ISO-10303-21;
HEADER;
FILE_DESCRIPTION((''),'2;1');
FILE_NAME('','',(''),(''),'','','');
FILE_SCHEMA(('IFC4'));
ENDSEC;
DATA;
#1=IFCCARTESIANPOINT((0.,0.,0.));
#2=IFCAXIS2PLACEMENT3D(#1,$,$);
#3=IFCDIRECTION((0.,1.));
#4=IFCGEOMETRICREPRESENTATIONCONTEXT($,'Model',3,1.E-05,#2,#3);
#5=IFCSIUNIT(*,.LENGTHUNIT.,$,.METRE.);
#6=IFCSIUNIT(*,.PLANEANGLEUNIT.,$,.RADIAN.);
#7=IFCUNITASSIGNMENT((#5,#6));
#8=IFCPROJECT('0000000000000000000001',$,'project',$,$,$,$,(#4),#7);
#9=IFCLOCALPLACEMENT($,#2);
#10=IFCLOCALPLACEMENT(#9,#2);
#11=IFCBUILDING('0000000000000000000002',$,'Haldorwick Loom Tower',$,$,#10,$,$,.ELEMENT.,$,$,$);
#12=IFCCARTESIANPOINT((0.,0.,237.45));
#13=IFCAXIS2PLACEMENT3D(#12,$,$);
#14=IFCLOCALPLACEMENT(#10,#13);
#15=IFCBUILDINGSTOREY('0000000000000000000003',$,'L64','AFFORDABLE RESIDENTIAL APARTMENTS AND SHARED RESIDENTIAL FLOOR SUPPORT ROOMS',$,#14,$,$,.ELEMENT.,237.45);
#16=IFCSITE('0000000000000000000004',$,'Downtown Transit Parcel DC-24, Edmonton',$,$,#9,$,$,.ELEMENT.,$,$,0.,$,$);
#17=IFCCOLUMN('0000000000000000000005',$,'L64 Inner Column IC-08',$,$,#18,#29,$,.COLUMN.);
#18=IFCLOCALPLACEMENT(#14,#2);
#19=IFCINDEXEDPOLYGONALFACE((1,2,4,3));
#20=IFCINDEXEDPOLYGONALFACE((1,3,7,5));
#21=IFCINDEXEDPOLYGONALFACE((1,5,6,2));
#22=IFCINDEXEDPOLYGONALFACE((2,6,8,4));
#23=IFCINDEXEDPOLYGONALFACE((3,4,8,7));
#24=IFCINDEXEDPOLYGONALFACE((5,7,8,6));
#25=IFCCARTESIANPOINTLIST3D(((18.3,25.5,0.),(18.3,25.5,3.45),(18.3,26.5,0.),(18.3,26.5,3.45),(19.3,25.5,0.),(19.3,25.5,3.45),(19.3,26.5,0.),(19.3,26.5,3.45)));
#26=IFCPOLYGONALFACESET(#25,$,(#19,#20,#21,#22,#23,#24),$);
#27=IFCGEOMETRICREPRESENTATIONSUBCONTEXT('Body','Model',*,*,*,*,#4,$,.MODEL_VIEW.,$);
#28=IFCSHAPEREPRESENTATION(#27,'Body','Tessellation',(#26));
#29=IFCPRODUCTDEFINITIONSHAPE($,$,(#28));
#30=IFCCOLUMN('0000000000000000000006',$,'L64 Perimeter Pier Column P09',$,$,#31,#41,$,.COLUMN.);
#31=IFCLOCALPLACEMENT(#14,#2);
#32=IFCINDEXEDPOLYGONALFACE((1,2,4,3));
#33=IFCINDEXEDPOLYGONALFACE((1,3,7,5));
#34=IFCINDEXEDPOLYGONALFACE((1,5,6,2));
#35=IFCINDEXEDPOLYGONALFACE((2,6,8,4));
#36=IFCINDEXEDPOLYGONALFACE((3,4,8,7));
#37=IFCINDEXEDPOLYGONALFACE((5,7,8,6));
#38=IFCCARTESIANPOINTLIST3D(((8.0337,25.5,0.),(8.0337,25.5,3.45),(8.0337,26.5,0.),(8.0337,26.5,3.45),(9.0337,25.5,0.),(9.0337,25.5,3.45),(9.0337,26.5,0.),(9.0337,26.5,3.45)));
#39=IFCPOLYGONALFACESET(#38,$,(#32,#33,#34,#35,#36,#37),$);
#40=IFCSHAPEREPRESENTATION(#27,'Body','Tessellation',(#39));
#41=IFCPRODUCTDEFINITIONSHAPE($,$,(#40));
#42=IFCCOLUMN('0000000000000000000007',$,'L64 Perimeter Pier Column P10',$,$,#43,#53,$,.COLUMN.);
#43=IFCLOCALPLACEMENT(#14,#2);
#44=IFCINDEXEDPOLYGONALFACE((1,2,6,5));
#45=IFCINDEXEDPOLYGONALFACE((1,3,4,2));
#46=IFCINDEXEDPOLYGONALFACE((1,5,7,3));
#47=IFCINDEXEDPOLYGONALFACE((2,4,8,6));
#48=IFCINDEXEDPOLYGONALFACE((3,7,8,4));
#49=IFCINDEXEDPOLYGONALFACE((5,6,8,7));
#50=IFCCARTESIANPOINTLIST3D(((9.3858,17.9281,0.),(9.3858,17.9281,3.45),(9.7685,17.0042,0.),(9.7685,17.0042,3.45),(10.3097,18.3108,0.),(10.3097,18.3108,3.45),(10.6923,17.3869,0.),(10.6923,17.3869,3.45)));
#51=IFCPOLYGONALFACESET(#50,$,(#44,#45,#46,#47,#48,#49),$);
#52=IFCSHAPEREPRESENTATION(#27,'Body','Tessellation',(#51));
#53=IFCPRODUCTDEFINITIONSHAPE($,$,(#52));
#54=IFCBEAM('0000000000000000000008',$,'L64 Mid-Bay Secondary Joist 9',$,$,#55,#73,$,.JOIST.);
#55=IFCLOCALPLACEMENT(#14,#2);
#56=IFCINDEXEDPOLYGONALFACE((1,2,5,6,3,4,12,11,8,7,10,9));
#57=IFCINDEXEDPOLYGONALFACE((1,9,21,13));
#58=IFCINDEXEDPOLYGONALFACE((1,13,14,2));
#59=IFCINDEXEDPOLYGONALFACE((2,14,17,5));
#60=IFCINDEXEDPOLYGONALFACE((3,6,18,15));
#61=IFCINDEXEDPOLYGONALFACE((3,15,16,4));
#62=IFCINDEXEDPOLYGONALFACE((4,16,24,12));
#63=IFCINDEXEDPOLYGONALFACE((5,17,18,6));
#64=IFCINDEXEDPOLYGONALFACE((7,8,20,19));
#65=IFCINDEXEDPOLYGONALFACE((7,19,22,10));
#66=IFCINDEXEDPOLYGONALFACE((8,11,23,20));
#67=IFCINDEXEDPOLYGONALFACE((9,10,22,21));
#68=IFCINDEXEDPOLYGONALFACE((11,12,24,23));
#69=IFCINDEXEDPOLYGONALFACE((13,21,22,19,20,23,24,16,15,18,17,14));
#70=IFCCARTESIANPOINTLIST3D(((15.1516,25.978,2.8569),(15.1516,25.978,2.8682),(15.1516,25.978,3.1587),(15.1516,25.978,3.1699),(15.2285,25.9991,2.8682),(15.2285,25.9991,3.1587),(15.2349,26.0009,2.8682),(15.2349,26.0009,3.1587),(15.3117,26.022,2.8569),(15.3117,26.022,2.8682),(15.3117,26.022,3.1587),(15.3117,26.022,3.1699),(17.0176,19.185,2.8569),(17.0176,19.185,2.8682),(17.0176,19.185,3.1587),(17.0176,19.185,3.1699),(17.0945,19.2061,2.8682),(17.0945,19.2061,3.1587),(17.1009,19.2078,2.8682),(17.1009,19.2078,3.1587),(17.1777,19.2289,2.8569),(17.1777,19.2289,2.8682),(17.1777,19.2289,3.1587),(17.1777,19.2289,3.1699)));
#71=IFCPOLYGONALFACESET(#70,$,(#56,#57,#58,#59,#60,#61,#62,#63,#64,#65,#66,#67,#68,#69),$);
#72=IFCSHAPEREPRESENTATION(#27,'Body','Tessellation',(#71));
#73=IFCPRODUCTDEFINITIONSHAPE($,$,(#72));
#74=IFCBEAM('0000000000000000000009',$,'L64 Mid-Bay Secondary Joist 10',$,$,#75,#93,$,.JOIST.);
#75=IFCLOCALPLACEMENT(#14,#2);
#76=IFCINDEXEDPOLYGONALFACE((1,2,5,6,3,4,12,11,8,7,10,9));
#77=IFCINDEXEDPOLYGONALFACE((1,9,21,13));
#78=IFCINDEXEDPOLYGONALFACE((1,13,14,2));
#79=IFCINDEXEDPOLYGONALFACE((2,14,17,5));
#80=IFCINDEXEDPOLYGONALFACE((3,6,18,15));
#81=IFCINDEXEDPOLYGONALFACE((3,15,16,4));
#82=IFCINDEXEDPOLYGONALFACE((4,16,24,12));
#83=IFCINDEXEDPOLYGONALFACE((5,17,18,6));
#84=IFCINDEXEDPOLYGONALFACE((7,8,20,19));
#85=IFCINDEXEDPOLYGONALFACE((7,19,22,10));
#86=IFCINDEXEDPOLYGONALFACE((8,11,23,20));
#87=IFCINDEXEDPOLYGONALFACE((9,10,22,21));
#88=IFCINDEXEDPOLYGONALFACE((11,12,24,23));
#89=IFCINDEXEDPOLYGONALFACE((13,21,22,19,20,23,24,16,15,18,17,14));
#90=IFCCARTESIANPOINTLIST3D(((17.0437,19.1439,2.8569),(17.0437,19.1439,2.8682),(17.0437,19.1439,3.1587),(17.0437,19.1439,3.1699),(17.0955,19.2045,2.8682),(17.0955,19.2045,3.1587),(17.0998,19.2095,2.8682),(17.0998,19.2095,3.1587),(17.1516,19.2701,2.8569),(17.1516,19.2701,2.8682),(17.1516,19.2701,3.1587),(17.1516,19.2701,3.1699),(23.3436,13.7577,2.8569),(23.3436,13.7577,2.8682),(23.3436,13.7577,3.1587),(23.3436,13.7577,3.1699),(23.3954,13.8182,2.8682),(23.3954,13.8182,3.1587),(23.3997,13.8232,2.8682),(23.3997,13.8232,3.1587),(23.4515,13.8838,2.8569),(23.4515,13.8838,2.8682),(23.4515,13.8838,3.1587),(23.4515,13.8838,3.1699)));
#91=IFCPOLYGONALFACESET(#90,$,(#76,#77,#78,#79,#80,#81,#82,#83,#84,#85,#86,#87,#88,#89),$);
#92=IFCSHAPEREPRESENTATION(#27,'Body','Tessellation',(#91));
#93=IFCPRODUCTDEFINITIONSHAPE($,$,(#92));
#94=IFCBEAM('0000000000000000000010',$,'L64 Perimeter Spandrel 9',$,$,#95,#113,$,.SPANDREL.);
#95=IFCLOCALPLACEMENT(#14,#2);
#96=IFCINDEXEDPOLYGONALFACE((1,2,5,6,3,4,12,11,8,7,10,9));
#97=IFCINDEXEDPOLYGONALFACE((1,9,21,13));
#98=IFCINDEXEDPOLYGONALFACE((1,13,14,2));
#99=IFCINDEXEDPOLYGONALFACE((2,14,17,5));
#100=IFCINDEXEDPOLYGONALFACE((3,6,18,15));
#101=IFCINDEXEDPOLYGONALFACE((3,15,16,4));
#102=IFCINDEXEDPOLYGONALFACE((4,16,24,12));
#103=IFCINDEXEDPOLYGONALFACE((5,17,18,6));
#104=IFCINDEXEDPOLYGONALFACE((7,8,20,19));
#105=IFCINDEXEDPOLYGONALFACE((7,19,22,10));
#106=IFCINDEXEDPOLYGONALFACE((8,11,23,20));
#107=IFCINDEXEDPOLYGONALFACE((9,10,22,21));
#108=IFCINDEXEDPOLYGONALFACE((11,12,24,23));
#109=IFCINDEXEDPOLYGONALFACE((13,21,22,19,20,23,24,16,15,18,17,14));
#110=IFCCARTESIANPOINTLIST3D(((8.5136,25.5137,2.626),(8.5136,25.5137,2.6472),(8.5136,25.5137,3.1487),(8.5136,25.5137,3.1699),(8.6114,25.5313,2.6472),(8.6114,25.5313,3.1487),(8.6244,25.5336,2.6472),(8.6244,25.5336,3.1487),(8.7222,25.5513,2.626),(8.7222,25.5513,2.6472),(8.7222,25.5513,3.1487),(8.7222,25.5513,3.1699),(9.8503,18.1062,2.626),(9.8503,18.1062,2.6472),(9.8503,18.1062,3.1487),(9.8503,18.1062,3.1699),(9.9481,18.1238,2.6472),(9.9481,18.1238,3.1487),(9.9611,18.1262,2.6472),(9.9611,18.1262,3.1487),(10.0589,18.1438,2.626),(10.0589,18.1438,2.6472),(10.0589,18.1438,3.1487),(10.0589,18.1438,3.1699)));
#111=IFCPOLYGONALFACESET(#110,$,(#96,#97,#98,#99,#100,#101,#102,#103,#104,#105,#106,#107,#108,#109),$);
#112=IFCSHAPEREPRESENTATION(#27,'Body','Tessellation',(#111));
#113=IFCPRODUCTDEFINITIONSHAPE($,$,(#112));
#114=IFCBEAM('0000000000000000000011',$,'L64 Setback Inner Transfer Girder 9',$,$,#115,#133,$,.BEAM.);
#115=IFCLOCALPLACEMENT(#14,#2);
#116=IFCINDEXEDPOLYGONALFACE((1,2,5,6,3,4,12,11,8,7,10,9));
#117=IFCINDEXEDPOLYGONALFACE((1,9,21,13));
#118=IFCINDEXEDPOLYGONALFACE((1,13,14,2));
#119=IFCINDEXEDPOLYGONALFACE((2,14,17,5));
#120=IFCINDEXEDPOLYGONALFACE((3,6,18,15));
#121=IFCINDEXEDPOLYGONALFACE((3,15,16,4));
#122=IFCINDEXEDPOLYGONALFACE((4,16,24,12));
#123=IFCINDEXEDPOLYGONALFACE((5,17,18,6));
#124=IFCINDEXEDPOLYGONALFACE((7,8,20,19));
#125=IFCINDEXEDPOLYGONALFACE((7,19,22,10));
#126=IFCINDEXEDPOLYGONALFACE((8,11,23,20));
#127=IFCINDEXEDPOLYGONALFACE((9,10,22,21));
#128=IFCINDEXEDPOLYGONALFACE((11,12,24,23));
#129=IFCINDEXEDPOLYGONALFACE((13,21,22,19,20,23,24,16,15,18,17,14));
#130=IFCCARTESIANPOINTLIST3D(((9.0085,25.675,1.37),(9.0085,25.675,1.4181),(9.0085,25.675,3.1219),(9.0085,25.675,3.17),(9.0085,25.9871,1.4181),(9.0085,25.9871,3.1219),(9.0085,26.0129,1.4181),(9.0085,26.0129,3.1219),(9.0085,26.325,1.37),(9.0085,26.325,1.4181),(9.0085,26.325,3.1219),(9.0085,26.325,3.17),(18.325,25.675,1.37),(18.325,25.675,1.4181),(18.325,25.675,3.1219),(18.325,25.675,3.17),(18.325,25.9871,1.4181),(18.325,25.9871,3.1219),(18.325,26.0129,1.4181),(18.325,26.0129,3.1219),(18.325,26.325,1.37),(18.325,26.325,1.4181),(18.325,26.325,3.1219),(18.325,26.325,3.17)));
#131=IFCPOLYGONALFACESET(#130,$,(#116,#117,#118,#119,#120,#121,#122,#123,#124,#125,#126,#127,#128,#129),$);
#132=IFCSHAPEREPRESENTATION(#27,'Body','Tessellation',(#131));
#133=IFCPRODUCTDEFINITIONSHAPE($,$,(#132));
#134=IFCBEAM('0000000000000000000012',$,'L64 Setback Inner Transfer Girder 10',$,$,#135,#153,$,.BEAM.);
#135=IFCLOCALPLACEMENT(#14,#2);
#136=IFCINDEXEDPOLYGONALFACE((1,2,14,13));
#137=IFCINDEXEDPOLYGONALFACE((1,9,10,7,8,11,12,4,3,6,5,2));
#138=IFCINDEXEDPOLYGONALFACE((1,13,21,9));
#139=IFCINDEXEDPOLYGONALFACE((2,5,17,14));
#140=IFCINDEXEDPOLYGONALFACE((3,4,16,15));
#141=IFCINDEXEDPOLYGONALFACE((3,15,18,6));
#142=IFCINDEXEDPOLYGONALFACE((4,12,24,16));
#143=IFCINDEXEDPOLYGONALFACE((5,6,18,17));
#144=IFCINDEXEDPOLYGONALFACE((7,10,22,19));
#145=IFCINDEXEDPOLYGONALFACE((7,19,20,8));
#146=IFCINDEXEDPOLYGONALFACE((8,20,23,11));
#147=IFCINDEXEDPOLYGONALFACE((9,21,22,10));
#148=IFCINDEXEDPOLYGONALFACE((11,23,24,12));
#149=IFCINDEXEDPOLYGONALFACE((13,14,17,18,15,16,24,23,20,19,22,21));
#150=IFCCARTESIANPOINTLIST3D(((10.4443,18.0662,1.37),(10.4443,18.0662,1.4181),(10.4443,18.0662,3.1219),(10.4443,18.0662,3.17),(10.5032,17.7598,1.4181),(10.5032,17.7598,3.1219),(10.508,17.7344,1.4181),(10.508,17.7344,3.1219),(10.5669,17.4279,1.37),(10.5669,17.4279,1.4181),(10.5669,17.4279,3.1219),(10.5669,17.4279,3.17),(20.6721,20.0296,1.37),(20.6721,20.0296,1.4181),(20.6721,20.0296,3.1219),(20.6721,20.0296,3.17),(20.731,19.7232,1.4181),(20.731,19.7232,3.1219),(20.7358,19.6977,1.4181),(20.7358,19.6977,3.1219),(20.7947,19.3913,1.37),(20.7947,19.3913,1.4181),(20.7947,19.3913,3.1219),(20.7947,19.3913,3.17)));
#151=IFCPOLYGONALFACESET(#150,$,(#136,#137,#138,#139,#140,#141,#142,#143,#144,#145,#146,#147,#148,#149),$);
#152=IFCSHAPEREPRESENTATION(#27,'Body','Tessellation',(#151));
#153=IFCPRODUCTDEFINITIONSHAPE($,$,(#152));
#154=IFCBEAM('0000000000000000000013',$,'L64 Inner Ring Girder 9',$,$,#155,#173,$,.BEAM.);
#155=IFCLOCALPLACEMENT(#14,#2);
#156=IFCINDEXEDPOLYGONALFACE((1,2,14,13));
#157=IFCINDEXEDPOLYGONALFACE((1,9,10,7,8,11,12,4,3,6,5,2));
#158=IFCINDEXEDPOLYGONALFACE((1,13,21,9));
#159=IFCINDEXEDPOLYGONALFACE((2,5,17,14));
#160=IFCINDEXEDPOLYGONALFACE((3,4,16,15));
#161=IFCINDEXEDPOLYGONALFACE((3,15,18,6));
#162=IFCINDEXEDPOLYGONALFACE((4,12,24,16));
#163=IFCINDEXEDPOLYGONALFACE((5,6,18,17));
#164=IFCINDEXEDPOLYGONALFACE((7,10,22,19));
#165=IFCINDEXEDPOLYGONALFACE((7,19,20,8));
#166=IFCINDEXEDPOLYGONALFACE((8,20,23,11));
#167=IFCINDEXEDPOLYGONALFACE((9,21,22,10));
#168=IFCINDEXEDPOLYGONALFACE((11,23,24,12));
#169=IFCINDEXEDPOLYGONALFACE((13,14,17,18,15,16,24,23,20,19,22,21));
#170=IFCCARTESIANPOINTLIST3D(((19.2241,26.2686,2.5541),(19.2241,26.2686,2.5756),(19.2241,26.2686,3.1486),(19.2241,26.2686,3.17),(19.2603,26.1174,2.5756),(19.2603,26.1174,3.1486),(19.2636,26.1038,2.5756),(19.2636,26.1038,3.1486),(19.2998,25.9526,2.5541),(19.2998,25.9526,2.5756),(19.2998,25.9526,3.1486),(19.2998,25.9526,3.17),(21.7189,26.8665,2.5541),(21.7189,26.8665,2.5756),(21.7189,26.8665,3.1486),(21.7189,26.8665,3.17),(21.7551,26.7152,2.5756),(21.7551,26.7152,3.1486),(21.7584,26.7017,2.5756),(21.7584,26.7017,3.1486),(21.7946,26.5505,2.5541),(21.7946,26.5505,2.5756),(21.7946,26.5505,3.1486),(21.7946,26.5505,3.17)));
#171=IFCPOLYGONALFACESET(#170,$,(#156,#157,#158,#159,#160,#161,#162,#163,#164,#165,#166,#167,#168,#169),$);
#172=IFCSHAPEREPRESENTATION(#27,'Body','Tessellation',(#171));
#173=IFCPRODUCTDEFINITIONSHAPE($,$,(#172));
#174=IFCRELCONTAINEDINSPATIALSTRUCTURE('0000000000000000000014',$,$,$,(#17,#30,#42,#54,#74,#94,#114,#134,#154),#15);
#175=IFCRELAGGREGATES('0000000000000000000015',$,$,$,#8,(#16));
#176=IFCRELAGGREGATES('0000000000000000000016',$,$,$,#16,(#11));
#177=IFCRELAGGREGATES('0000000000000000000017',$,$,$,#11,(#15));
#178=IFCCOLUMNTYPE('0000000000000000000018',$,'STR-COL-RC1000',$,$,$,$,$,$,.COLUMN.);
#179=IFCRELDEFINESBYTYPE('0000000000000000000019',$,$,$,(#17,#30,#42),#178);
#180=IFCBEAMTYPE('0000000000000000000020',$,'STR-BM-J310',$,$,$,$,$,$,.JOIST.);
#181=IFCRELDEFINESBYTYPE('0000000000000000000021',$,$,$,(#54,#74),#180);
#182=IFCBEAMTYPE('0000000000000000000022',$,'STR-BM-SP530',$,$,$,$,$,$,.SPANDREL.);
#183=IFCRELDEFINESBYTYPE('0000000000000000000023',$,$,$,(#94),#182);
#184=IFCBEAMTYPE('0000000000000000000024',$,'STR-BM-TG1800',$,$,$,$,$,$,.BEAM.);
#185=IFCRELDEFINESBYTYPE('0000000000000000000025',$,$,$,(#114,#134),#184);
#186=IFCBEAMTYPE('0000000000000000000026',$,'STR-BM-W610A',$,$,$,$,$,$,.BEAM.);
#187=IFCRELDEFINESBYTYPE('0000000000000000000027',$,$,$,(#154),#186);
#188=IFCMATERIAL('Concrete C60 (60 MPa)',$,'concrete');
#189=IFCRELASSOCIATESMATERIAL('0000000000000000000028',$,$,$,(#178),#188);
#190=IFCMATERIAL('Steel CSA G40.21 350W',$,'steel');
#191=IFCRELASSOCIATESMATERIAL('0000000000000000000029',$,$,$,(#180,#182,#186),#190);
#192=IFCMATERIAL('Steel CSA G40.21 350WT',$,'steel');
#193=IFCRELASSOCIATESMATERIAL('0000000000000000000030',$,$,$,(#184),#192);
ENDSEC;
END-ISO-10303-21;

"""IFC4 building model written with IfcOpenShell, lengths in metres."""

from ifc_helpers import new_model, si_unit, direction, frame, origin, origin_2d, place, context, subcontext, project, spatial, rectangle, i_section, extrude, material, material_profile, profile_set, type_object, element, save


model = new_model("IFC4")

# Units and contexts
model_context = context("Model", 3, precision=1e-05, world=origin(), true_north=direction((0.0, 1.0)))
body_context = subcontext(model_context, "Body", "Model", "MODEL_VIEW")
ifc_project = project(units=[si_unit("LENGTHUNIT", "METRE"), si_unit("PLANEANGLEUNIT", "RADIAN")], contexts=[model_context])

# Site, building, storey
site_placement = place(None, origin())
site = spatial("IfcSite", under=ifc_project, at=site_placement, Name="Downtown Transit Parcel DC-24, Edmonton", CompositionType="ELEMENT", RefElevation=0.0)
building_placement = place(site_placement, origin())
building = spatial("IfcBuilding", under=site, at=building_placement, Name="Haldorwick Loom Tower", CompositionType="ELEMENT")
storey_placement = place(building_placement, frame((0.0, 0.0, 237.45)))
storey = spatial("IfcBuildingStorey", under=building, at=storey_placement, Name="L64", Description="AFFORDABLE RESIDENTIAL APARTMENTS AND SHARED RESIDENTIAL FLOOR SUPPORT ROOMS", CompositionType="ELEMENT", Elevation=237.45)

# Columns
ifc_material_1 = material(Name="Concrete C60 (60 MPa)", Category="concrete")
ifc_material_profile_1 = material_profile(ifc_material_1, rectangle(XDim=1.0, YDim=1.0, at=origin_2d()), Name="RC1000X1000", Category="concrete")
ifc_profile_set_1 = profile_set([ifc_material_profile_1], Name="Concrete C60 (60 MPa)")
column_type = type_object("IfcColumnType", Name="STR-COL-RC1000", PredefinedType="COLUMN", material=ifc_profile_set_1)
for number, where, z_axis, x_axis, name in (
    (1, (18.8, 26.0, 0.0), (0.0, 0.0, 1.0), (1.0, 0.0, 0.0), "L64 Inner Column IC-08"),
    (2, (8.5337, 26.0, 0.0), (0.0, 0.0, 1.0), (-1.0, 0.0, 0.0), "L64 Perimeter Pier Column P09"),
    (3, (10.0391, 17.6575, 0.0), (0.0, 0.0, 1.0), (-0.92388, -0.382683, 0.0), "L64 Perimeter Pier Column P10"),
):
    element("IfcColumn", number, at=place(storey_placement, frame(where, z_axis=z_axis, x_axis=x_axis)), inside=storey, type_object=column_type, Name=name, PredefinedType="COLUMN", context=body_context, shape_type="SweptSolid", body=[
        extrude(rectangle(XDim=1.0, YDim=1.0, at=origin_2d()), origin(), (0.0, 0.0, 1.0), 3.45),
    ])

# Beams
ifc_material_2 = material(Name="Steel CSA G40.21 350W", Category="steel")
ifc_material_profile_2 = material_profile(ifc_material_2, i_section(OverallWidth=0.166, OverallDepth=0.313, WebThickness=0.0066, FlangeThickness=0.0112, at=origin_2d()), Name="W310X45", Category="steel")
ifc_profile_set_2 = profile_set([ifc_material_profile_2], Name="Steel CSA G40.21 350W")
beam_type_1 = type_object("IfcBeamType", Name="STR-BM-J310", PredefinedType="JOIST", material=ifc_profile_set_2)
beam_1_placement = place(storey_placement, frame((15.2317, 26.0, 3.0134), z_axis=(0.264879, -0.964282, 0.0), x_axis=(0.964282, 0.264879, 0.0)))
element("IfcBeam", 4, at=beam_1_placement, inside=storey, type_object=beam_type_1, Name="L64 Mid-Bay Secondary Joist 9", PredefinedType="JOIST", context=body_context, shape_type="SweptSolid", body=[
    extrude(i_section(OverallWidth=0.166, OverallDepth=0.313, WebThickness=0.0066, FlangeThickness=0.0112, at=origin_2d()), origin(), (0.0, 0.0, 1.0), 7.0447),
])
beam_2_placement = place(storey_placement, frame((17.0977, 19.207, 3.0134), z_axis=(0.760067, -0.649845, 0.0), x_axis=(0.649845, 0.760067, 0.0)))
element("IfcBeam", 5, at=beam_2_placement, inside=storey, type_object=beam_type_1, Name="L64 Mid-Bay Secondary Joist 10", PredefinedType="JOIST", context=body_context, shape_type="SweptSolid", body=[
    extrude(i_section(OverallWidth=0.166, OverallDepth=0.313, WebThickness=0.0066, FlangeThickness=0.0112, at=origin_2d()), origin(), (0.0, 0.0, 1.0), 8.2886),
])
ifc_material_profile_3 = material_profile(ifc_material_2, i_section(OverallWidth=0.2119, OverallDepth=0.5439, WebThickness=0.0132, FlangeThickness=0.0212, at=origin_2d()), Name="W530X123", Category="steel")
ifc_profile_set_3 = profile_set([ifc_material_profile_3], Name="Steel CSA G40.21 350W")
beam_type_2 = type_object("IfcBeamType", Name="STR-BM-SP530", PredefinedType="SPANDREL", material=ifc_profile_set_3)
beam_3_placement = place(storey_placement, frame((8.6179, 25.5325, 2.8979), z_axis=(0.177581, -0.984106, 0.0), x_axis=(0.984106, 0.177581, 0.0)))
element("IfcBeam", 6, at=beam_3_placement, inside=storey, type_object=beam_type_2, Name="L64 Perimeter Spandrel 9", PredefinedType="SPANDREL", context=body_context, shape_type="SweptSolid", body=[
    extrude(i_section(OverallWidth=0.2119, OverallDepth=0.5439, WebThickness=0.0132, FlangeThickness=0.0212, at=origin_2d()), origin(), (0.0, 0.0, 1.0), 7.5271),
])
ifc_material_3 = material(Name="Steel CSA G40.21 350WT", Category="steel")
ifc_material_profile_4 = material_profile(ifc_material_3, i_section(OverallWidth=0.6499, OverallDepth=1.8, WebThickness=0.0259, FlangeThickness=0.0481, at=origin_2d()), Name="WWF1800X650", Category="steel")
ifc_profile_set_4 = profile_set([ifc_material_profile_4], Name="Steel CSA G40.21 350WT")
beam_type_3 = type_object("IfcBeamType", Name="STR-BM-TG1800", PredefinedType="BEAM", material=ifc_profile_set_4)
beam_4_placement = place(storey_placement, frame((18.325, 26.0, 2.27), z_axis=(-1.0, 0.0, 0.0), x_axis=(0.0, -1.0, 0.0)))
element("IfcBeam", 7, at=beam_4_placement, inside=storey, type_object=beam_type_3, Name="L64 Setback Inner Transfer Girder 9", PredefinedType="BEAM", context=body_context, shape_type="SweptSolid", body=[
    extrude(i_section(OverallWidth=0.6499, OverallDepth=1.8, WebThickness=0.0259, FlangeThickness=0.0481, at=origin_2d()), origin(), (0.0, 0.0, 1.0), 9.3164),
])
beam_5_placement = place(storey_placement, frame((20.7334, 19.7104, 2.27), z_axis=(-0.982069, -0.188523, 0.0), x_axis=(0.188523, -0.982069, 0.0)))
element("IfcBeam", 8, at=beam_5_placement, inside=storey, type_object=beam_type_3, Name="L64 Setback Inner Transfer Girder 10", PredefinedType="BEAM", context=body_context, shape_type="SweptSolid", body=[
    extrude(i_section(OverallWidth=0.6499, OverallDepth=1.8, WebThickness=0.0259, FlangeThickness=0.0481, at=origin_2d()), origin(), (0.0, 0.0, 1.0), 10.4146),
])
ifc_material_profile_5 = material_profile(ifc_material_2, i_section(OverallWidth=0.325, OverallDepth=0.616, WebThickness=0.0139, FlangeThickness=0.0215, at=origin_2d()), Name="W610X174", Category="steel")
ifc_profile_set_5 = profile_set([ifc_material_profile_5], Name="Steel CSA G40.21 350W")
beam_type_4 = type_object("IfcBeamType", Name="STR-BM-W610A", PredefinedType="BEAM", material=ifc_profile_set_5)
beam_6_placement = place(storey_placement, frame((19.262, 26.1106, 2.8621), z_axis=(0.972464, 0.233053, 0.0), x_axis=(-0.233053, 0.972464, 0.0)))
element("IfcBeam", 9, at=beam_6_placement, inside=storey, type_object=beam_type_4, Name="L64 Inner Ring Girder 9", PredefinedType="BEAM", context=body_context, shape_type="SweptSolid", body=[
    extrude(i_section(OverallWidth=0.325, OverallDepth=0.616, WebThickness=0.0139, FlangeThickness=0.0215, at=origin_2d()), origin(), (0.0, 0.0, 1.0), 2.5654),
])

save(model, "model.ifc")
